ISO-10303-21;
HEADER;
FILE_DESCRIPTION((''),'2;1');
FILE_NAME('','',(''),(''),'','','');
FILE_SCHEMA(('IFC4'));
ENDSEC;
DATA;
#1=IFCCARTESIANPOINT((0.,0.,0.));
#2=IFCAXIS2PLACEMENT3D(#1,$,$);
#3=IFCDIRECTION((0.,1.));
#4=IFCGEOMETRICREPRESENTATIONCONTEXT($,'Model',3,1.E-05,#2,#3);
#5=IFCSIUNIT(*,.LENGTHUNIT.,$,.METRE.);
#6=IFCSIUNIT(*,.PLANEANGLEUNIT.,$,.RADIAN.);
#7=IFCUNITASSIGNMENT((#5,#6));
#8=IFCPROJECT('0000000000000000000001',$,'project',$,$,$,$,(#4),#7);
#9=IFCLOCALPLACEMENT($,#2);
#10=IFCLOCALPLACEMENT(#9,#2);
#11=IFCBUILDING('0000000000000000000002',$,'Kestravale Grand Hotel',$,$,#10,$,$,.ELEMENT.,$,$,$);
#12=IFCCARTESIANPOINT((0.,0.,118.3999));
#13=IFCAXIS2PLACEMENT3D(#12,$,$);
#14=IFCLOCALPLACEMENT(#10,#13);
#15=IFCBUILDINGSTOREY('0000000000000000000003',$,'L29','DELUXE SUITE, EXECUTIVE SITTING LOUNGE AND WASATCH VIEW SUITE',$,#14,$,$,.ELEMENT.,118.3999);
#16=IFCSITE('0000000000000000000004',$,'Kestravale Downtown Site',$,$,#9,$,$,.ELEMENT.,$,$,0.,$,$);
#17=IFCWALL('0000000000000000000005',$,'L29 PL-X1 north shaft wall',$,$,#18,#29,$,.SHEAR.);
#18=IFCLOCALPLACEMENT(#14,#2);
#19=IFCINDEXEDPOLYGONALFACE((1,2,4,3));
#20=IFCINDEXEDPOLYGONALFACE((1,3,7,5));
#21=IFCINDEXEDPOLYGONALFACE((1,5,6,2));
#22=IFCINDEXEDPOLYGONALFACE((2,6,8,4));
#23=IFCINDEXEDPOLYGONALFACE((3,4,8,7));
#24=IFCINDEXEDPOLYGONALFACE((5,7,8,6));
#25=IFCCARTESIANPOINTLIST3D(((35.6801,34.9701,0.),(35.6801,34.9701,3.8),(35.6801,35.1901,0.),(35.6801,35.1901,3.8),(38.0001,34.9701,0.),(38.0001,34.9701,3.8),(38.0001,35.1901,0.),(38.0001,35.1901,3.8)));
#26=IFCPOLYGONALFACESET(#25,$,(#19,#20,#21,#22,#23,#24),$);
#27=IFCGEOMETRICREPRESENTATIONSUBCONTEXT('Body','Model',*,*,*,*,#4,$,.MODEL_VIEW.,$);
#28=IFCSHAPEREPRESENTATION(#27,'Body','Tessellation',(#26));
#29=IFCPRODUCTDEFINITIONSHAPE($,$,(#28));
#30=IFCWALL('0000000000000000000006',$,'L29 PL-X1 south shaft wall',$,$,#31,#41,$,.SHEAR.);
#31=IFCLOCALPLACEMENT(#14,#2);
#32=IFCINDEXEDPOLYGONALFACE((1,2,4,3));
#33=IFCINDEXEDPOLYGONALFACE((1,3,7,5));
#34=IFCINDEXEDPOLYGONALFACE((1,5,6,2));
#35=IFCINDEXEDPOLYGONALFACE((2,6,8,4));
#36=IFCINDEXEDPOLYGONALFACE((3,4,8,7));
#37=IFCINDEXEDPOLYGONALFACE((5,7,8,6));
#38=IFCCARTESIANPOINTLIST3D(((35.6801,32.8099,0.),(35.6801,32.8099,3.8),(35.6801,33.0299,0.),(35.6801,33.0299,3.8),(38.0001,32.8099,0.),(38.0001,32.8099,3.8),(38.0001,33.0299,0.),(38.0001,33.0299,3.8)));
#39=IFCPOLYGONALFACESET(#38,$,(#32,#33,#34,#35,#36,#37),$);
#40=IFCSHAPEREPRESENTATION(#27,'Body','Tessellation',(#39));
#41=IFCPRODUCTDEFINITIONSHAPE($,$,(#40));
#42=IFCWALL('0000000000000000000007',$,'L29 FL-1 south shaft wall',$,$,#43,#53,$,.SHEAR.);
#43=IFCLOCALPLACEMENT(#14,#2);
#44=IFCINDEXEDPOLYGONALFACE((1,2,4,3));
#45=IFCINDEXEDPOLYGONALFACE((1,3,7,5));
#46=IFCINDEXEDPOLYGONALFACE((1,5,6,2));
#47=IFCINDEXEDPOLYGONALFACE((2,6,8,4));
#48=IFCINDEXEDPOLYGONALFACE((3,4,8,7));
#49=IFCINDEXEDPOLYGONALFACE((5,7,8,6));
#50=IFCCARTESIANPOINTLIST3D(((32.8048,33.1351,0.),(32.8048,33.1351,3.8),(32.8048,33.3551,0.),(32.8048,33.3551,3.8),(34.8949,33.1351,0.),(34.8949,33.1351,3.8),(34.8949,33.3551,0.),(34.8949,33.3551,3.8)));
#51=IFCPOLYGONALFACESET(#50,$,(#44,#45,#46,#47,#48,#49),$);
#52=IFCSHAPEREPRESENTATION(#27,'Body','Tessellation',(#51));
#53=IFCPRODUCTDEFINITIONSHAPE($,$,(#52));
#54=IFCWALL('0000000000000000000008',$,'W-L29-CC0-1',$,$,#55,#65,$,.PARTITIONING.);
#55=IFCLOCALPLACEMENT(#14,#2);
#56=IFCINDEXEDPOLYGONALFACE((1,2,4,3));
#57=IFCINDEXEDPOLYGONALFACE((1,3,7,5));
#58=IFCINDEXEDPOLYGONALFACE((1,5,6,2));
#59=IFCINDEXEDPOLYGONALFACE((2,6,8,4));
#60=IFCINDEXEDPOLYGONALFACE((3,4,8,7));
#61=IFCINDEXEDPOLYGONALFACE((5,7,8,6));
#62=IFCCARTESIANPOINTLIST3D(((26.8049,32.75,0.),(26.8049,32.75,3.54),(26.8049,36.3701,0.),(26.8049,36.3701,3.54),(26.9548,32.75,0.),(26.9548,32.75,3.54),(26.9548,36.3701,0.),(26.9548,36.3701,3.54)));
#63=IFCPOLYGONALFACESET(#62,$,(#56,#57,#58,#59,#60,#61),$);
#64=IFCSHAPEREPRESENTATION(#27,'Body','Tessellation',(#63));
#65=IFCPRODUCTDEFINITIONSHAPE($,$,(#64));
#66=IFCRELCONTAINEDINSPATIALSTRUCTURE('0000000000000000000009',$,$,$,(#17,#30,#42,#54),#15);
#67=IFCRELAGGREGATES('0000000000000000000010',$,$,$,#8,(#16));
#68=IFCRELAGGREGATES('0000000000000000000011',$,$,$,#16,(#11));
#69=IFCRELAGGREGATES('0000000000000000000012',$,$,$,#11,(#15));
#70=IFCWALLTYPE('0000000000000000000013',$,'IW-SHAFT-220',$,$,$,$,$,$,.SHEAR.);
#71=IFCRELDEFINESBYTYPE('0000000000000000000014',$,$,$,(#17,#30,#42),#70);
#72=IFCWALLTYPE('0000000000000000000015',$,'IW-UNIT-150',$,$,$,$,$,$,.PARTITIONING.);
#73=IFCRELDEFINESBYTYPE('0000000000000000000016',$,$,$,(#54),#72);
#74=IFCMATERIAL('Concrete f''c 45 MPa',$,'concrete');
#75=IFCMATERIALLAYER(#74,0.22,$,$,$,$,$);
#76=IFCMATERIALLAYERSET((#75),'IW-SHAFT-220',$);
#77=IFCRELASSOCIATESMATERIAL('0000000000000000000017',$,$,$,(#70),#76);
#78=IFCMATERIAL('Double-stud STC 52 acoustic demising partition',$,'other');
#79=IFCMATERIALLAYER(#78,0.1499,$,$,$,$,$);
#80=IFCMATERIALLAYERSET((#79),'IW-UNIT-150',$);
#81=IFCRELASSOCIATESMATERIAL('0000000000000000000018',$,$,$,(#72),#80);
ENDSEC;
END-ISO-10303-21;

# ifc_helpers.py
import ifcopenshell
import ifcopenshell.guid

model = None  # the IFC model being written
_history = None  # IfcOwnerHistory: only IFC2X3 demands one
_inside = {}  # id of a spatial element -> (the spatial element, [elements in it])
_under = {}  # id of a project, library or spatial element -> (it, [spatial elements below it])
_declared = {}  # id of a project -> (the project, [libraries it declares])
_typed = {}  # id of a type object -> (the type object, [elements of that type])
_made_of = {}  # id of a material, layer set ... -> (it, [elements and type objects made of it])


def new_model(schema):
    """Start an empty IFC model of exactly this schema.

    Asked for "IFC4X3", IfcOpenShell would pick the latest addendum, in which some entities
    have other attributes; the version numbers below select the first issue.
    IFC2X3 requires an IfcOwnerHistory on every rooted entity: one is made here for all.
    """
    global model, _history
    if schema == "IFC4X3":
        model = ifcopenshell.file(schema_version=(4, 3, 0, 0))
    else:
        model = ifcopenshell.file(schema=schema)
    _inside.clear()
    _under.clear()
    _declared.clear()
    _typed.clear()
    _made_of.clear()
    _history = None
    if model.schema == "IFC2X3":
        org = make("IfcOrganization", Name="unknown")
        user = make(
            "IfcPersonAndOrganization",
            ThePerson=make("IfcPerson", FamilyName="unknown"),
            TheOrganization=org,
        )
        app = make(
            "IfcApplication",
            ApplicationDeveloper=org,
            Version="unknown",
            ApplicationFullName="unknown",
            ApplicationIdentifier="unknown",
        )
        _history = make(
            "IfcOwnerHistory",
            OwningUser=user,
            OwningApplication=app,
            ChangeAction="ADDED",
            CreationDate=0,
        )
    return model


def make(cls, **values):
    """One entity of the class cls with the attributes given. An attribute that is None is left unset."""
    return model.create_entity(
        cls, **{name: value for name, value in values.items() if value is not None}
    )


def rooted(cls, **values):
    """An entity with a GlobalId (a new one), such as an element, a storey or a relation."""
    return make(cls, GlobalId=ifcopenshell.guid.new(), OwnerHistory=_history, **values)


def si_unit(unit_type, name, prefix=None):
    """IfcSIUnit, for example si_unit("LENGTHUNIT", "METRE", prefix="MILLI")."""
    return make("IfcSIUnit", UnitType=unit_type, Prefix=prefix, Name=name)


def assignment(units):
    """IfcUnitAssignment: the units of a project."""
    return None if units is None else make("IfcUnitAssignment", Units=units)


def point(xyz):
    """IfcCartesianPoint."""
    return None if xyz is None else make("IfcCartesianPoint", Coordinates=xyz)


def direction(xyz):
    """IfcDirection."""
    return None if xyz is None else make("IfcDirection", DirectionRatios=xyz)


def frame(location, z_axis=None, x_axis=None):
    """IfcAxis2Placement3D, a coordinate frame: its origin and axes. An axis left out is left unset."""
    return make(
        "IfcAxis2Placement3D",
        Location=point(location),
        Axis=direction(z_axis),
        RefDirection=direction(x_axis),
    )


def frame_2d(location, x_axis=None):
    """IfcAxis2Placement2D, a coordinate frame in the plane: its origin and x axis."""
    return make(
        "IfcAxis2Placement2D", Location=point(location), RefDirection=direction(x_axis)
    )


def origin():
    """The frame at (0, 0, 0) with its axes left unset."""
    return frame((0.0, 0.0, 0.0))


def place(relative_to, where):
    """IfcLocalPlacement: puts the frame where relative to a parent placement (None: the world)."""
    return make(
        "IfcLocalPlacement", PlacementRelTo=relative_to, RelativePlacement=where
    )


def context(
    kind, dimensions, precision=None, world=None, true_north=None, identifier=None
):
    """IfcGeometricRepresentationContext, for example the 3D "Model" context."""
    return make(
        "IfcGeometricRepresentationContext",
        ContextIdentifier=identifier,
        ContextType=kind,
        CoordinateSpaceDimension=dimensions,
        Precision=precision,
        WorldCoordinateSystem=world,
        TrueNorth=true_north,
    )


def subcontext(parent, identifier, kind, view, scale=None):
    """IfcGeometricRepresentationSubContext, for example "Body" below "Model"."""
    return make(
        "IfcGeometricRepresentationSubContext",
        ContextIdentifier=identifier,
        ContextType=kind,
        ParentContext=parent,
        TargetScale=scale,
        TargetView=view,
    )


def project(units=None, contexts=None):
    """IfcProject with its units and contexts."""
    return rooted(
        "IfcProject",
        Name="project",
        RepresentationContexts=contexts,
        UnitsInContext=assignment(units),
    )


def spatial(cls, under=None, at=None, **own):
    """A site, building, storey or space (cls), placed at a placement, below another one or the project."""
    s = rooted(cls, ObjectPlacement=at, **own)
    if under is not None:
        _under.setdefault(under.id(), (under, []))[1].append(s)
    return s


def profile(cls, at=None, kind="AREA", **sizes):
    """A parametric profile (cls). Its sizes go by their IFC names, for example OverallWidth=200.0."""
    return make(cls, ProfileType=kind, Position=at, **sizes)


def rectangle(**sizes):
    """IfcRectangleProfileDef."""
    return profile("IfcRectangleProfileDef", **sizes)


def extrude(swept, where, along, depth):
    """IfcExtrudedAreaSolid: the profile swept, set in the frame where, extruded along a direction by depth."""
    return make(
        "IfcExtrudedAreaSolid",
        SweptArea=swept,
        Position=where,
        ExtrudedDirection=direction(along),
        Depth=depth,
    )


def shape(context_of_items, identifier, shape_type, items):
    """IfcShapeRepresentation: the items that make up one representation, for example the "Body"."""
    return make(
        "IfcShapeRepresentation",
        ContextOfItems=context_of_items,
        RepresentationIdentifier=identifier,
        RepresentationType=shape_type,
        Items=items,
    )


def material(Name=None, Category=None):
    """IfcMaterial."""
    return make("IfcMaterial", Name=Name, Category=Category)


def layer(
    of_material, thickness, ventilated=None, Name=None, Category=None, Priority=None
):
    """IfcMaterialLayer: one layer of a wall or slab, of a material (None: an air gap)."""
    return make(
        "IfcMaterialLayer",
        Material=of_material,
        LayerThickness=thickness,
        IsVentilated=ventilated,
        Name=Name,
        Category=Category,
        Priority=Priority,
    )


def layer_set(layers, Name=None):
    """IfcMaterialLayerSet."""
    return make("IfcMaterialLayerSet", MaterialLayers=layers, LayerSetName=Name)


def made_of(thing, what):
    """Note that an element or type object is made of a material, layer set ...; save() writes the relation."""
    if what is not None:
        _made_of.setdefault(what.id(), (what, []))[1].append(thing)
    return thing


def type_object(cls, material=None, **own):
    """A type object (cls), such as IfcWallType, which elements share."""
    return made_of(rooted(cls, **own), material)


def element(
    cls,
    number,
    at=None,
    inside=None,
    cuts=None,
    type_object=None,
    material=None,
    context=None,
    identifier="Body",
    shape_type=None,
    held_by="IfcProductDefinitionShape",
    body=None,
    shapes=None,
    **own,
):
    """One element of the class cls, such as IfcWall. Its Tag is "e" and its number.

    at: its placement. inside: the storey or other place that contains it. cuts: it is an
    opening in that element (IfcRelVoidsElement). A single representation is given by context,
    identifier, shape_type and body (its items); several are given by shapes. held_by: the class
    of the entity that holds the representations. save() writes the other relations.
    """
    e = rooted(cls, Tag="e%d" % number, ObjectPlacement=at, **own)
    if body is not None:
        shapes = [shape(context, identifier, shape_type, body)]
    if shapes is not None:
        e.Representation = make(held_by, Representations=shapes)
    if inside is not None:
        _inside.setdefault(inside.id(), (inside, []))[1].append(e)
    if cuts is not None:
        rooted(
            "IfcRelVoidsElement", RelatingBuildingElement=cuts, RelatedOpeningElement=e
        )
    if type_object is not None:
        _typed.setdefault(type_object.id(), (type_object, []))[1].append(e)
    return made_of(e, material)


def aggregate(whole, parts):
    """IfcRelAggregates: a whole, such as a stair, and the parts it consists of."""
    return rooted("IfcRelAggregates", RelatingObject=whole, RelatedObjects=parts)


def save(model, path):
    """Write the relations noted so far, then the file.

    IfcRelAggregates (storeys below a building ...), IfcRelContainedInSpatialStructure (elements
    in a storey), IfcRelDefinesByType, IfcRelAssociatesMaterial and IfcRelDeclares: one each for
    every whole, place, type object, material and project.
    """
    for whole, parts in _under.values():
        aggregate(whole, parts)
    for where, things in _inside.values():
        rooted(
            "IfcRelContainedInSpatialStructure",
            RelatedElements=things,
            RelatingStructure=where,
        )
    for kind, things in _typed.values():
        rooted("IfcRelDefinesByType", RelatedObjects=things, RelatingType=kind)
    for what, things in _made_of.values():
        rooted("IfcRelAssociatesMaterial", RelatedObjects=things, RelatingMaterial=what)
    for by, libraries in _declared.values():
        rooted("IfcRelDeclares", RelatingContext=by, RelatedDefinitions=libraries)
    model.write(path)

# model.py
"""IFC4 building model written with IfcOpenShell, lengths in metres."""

from ifc_helpers import new_model, si_unit, direction, frame, frame_2d, origin, place, context, subcontext, project, spatial, rectangle, extrude, material, layer, layer_set, type_object, element, save


model = new_model("IFC4")

# Units and contexts
model_context = context("Model", 3, precision=1e-05, world=origin(), true_north=direction((0.0, 1.0)))
body_context = subcontext(model_context, "Body", "Model", "MODEL_VIEW")
ifc_project = project(units=[si_unit("LENGTHUNIT", "METRE"), si_unit("PLANEANGLEUNIT", "RADIAN")], contexts=[model_context])

# Site, building, storey
site_placement = place(None, origin())
site = spatial("IfcSite", under=ifc_project, at=site_placement, Name="Kestravale Downtown Site", CompositionType="ELEMENT", RefElevation=0.0)
building_placement = place(site_placement, origin())
building = spatial("IfcBuilding", under=site, at=building_placement, Name="Kestravale Grand Hotel", CompositionType="ELEMENT")
storey_placement = place(building_placement, frame((0.0, 0.0, 118.3999)))
storey = spatial("IfcBuildingStorey", under=building, at=storey_placement, Name="L29", Description="DELUXE SUITE, EXECUTIVE SITTING LOUNGE AND WASATCH VIEW SUITE", CompositionType="ELEMENT", Elevation=118.3999)

# Shared definitions
ifc_material_1 = material(Name="Concrete f'c 45 MPa", Category="concrete")
ifc_layer_1 = layer(ifc_material_1, 0.22)
ifc_layer_set_1 = layer_set([ifc_layer_1], Name="IW-SHAFT-220")
wall_type_1 = type_object("IfcWallType", Name="IW-SHAFT-220", PredefinedType="SHEAR", material=ifc_layer_set_1)

# Walls
for number, where, z_axis, x_axis, name in (
    (1, (35.6799, 35.0801, 0.0), (0.0, 0.0, 1.0), (1.0, 0.0, 0.0), "L29 PL-X1 north shaft wall"),
    (2, (35.6799, 32.9199, 0.0), (0.0, 0.0, 1.0), (1.0, 0.0, 0.0), "L29 PL-X1 south shaft wall"),
):
    element("IfcWall", number, at=place(storey_placement, frame(where, z_axis=z_axis, x_axis=x_axis)), inside=storey, type_object=wall_type_1, Name=name, PredefinedType="SHEAR", context=body_context, shape_type="SweptSolid", body=[
        extrude(rectangle(XDim=2.3201, YDim=0.22, at=frame_2d((1.1602, 0.0))), origin(), (0.0, 0.0, 1.0), 3.8),
    ])

# Walls
wall_1_placement = place(storey_placement, frame((32.8049, 33.2451, 0.0), z_axis=(0.0, 0.0, 1.0), x_axis=(1.0, 0.0, 0.0)))
element("IfcWall", 3, at=wall_1_placement, inside=storey, type_object=wall_type_1, Name="L29 FL-1 south shaft wall", PredefinedType="SHEAR", context=body_context, shape_type="SweptSolid", body=[
    extrude(rectangle(XDim=2.0901, YDim=0.22, at=frame_2d((1.0449, 0.0))), origin(), (0.0, 0.0, 1.0), 3.8),
])
ifc_material_2 = material(Name="Double-stud STC 52 acoustic demising partition", Category="other")
ifc_layer_2 = layer(ifc_material_2, 0.1499)
ifc_layer_set_2 = layer_set([ifc_layer_2], Name="IW-UNIT-150")
wall_type_2 = type_object("IfcWallType", Name="IW-UNIT-150", PredefinedType="PARTITIONING", material=ifc_layer_set_2)
wall_2_placement = place(storey_placement, frame((26.8799, 32.75, 0.0), z_axis=(0.0, 0.0, 1.0), x_axis=(0.0, 1.0, 0.0)))
element("IfcWall", 4, at=wall_2_placement, inside=storey, type_object=wall_type_2, Name="W-L29-CC0-1", PredefinedType="PARTITIONING", context=body_context, shape_type="SweptSolid", body=[
    extrude(rectangle(XDim=3.6201, YDim=0.1499, at=frame_2d((1.8101, 0.0))), origin(), (0.0, 0.0, 1.0), 3.54),
])

save(model, "model.ifc")
